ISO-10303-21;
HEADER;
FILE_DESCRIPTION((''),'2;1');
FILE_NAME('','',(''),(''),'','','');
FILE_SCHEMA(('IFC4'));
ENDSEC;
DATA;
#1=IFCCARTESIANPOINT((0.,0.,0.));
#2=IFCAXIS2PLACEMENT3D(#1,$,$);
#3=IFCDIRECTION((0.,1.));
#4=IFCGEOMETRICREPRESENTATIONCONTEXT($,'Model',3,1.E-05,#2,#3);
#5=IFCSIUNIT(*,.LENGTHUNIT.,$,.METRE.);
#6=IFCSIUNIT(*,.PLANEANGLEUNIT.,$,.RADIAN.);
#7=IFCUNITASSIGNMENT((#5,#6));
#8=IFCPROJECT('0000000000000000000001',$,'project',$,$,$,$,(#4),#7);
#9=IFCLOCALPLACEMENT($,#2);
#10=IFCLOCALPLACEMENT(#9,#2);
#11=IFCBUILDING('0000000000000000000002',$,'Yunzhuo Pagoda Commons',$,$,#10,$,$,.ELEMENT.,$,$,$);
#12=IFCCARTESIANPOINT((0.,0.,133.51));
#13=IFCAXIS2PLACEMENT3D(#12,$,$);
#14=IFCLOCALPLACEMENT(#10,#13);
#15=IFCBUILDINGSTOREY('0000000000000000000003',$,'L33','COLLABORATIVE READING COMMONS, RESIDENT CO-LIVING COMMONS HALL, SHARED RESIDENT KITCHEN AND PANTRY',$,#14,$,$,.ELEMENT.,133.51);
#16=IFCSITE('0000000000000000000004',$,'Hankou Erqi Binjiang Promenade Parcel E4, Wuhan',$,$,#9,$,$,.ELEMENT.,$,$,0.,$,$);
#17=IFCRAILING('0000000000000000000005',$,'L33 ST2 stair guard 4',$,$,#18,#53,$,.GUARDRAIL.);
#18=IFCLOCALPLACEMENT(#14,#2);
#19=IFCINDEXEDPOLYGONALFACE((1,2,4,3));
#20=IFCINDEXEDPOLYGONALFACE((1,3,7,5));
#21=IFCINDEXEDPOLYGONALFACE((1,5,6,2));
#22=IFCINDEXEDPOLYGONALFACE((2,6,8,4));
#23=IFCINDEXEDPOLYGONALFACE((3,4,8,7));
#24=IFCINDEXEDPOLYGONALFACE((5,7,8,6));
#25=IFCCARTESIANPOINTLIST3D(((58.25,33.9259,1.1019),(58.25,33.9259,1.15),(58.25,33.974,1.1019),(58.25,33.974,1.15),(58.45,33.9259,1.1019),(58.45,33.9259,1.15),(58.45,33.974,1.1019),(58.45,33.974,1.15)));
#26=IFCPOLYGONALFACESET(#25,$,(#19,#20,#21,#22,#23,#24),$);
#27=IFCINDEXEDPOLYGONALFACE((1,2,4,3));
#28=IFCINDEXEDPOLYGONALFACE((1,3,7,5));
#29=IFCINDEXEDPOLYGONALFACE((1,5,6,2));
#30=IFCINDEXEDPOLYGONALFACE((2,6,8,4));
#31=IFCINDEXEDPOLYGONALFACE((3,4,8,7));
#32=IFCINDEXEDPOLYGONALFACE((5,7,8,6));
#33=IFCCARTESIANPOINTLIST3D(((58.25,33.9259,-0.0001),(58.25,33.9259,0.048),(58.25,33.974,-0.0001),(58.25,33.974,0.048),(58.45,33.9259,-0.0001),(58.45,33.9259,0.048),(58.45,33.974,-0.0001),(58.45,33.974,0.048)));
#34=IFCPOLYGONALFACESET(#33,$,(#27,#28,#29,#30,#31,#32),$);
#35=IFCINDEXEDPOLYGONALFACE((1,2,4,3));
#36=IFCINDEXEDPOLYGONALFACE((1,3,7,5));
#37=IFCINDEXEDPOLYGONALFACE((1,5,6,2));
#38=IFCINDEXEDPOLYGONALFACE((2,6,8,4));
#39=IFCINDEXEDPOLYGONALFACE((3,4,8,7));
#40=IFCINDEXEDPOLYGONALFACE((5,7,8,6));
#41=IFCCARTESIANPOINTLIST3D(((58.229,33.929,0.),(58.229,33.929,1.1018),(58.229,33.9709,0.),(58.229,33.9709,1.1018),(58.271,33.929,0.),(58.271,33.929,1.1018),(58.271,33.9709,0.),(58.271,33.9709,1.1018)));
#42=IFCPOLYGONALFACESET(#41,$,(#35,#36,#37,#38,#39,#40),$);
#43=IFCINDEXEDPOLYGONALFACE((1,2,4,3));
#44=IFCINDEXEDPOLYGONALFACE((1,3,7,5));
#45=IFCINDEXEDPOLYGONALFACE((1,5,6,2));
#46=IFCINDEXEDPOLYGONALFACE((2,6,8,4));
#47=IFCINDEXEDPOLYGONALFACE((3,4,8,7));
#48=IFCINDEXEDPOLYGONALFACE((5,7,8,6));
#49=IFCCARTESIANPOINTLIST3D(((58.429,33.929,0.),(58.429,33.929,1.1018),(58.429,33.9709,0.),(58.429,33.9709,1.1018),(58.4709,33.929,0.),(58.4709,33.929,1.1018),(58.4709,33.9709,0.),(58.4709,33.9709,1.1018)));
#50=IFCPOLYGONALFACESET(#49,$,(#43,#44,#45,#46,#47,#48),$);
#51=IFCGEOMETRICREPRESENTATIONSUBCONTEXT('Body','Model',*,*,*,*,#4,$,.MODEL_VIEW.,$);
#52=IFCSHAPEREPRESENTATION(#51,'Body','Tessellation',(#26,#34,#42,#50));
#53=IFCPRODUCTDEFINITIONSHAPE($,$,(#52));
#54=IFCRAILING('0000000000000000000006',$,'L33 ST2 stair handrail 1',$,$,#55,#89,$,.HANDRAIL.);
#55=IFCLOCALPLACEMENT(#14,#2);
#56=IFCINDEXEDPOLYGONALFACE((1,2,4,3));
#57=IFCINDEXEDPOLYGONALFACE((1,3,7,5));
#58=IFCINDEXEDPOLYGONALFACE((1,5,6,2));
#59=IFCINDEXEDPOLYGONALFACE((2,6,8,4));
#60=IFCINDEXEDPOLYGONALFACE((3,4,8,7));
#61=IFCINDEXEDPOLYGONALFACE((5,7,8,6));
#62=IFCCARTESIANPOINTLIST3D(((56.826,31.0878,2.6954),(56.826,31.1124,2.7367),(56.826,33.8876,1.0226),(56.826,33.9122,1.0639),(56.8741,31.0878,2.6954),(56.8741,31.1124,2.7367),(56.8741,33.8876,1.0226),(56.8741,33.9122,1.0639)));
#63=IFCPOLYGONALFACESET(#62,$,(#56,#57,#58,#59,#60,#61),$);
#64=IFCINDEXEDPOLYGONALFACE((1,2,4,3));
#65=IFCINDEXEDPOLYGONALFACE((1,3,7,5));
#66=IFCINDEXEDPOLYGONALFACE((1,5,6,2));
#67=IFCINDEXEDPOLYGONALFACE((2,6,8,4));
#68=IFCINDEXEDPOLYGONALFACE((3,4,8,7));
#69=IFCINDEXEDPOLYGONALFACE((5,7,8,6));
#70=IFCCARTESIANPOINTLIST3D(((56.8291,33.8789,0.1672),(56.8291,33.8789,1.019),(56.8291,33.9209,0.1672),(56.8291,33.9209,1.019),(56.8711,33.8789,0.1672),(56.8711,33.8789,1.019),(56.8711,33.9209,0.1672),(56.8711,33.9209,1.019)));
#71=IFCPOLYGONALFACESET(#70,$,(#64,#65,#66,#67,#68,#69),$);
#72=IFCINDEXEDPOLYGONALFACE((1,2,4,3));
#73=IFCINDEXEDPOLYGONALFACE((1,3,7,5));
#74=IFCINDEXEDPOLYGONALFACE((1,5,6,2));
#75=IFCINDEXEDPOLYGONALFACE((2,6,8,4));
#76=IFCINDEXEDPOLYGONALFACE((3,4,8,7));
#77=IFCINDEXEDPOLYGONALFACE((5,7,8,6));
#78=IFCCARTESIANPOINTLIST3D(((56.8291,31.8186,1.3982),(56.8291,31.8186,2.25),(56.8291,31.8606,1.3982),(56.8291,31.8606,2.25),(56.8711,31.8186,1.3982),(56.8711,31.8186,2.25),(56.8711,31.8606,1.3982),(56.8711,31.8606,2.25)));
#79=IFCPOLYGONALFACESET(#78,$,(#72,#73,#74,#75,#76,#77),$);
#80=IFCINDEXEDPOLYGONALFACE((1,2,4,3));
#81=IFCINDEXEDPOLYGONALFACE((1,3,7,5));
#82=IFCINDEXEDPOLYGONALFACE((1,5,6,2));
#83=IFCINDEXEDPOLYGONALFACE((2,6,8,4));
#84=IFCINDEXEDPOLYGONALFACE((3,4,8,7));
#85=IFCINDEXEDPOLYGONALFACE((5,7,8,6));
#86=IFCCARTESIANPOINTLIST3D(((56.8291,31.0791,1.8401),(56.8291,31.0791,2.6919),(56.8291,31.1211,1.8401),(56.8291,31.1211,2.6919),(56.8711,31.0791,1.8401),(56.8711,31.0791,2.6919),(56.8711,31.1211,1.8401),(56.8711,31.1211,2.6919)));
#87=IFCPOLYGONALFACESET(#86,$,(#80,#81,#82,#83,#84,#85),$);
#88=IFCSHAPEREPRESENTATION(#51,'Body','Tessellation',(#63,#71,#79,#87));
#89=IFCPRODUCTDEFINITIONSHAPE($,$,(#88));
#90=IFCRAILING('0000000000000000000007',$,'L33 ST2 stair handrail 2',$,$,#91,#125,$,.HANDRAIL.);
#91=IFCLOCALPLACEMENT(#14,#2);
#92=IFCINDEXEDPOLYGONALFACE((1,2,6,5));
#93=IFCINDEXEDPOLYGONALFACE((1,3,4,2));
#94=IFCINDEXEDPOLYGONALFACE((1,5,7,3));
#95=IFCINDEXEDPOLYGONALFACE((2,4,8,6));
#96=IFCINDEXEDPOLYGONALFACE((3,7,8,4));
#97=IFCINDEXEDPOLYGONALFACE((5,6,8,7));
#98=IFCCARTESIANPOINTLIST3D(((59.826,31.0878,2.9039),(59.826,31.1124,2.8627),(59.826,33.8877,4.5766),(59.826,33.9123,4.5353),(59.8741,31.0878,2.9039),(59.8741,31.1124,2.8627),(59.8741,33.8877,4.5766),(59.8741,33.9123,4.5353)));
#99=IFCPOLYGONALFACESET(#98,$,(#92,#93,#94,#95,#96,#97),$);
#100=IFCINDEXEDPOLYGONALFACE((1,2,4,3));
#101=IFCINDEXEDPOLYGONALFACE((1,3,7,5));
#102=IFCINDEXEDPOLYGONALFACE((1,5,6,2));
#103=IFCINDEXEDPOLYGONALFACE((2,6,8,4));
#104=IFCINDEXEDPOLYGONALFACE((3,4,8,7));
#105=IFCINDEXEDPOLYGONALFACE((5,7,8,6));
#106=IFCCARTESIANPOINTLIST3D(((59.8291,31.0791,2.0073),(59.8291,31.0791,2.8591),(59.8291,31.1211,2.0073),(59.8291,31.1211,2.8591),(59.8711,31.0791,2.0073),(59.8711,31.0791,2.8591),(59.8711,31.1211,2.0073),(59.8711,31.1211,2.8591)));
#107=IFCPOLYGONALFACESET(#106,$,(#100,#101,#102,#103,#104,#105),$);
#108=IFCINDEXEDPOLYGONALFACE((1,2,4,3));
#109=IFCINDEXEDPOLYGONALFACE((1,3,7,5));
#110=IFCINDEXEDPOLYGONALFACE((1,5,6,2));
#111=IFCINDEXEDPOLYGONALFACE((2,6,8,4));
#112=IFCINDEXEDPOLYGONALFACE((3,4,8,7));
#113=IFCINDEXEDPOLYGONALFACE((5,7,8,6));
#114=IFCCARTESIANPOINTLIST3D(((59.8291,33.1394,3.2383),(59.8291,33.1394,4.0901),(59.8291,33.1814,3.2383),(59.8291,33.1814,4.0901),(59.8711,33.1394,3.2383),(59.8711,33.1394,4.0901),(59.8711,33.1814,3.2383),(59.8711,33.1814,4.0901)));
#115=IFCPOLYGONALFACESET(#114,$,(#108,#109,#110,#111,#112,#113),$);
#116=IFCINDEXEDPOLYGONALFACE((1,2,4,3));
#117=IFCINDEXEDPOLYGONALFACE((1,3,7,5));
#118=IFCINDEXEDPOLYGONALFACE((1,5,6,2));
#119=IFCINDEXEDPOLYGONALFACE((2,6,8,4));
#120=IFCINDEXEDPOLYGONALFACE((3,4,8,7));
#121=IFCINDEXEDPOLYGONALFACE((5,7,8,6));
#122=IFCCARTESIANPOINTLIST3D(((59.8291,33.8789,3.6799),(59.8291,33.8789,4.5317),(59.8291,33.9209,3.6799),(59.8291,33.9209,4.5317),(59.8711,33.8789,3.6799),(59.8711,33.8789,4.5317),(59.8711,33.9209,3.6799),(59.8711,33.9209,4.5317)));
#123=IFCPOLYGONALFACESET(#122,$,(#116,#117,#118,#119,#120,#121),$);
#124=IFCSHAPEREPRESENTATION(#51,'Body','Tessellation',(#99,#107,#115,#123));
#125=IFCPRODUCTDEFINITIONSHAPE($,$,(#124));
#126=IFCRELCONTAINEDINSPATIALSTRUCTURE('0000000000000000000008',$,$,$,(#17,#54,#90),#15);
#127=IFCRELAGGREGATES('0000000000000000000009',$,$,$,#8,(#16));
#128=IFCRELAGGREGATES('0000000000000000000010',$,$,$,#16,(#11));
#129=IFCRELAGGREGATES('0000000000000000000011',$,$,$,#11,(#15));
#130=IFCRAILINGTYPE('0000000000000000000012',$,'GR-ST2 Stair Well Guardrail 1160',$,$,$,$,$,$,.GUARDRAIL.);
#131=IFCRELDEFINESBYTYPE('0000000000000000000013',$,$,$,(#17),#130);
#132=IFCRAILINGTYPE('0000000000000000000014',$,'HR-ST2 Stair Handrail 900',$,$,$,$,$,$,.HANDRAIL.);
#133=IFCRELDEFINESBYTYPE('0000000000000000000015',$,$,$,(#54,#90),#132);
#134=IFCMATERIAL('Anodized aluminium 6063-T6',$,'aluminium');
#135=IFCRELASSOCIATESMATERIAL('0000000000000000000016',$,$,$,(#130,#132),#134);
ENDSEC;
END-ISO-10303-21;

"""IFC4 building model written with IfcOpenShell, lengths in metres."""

from ifc_helpers import new_model, si_unit, direction, frame, origin, origin_2d, place, context, subcontext, project, spatial, rectangle, extrude, material, type_object, element, save


model = new_model("IFC4")

# Units and contexts
model_context = context("Model", 3, precision=1e-05, world=origin(), true_north=direction((0.0, 1.0)))
body_context = subcontext(model_context, "Body", "Model", "MODEL_VIEW")
ifc_project = project(units=[si_unit("LENGTHUNIT", "METRE"), si_unit("PLANEANGLEUNIT", "RADIAN")], contexts=[model_context])

# Site, building, storey
site_placement = place(None, origin())
site = spatial("IfcSite", under=ifc_project, at=site_placement, Name="Hankou Erqi Binjiang Promenade Parcel E4, Wuhan", CompositionType="ELEMENT", RefElevation=0.0)
building_placement = place(site_placement, origin())
building = spatial("IfcBuilding", under=site, at=building_placement, Name="Yunzhuo Pagoda Commons", CompositionType="ELEMENT")
storey_placement = place(building_placement, frame((0.0, 0.0, 133.51)))
storey = spatial("IfcBuildingStorey", under=building, at=storey_placement, Name="L33", Description="COLLABORATIVE READING COMMONS, RESIDENT CO-LIVING COMMONS HALL, SHARED RESIDENT KITCHEN AND PANTRY", CompositionType="ELEMENT", Elevation=133.51)

# Railings
ifc_material_1 = material(Name="Anodized aluminium 6063-T6", Category="aluminium")
railing_type_1 = type_object("IfcRailingType", Name="GR-ST2 Stair Well Guardrail 1160", PredefinedType="GUARDRAIL", material=ifc_material_1)
railing_1_placement = place(storey_placement, frame((58.25, 33.95, 0.0)))
element("IfcRailing", 1, at=railing_1_placement, inside=storey, type_object=railing_type_1, Name="L33 ST2 stair guard 4", PredefinedType="GUARDRAIL", context=body_context, shape_type="SweptSolid", body=[
    extrude(rectangle(XDim=0.0481, YDim=0.0481, at=origin_2d()), frame((0.0, 0.0, 1.126), z_axis=(1.0, 0.0, 0.0), x_axis=(0.0, 1.0, 0.0)), (0.0, 0.0, 1.0), 0.2),
    extrude(rectangle(XDim=0.0481, YDim=0.0481, at=origin_2d()), frame((0.0, 0.0, 0.0239), z_axis=(1.0, 0.0, 0.0), x_axis=(0.0, 1.0, 0.0)), (0.0, 0.0, 1.0), 0.2),
    extrude(rectangle(XDim=0.042, YDim=0.042, at=origin_2d()), origin(), (0.0, 0.0, 1.0), 1.1018),
    extrude(rectangle(XDim=0.042, YDim=0.042, at=origin_2d()), frame((0.2, 0.0, 0.0)), (0.0, 0.0, 1.0), 1.1018),
])
railing_type_2 = type_object("IfcRailingType", Name="HR-ST2 Stair Handrail 900", PredefinedType="HANDRAIL", material=ifc_material_1)
railing_2_placement = place(storey_placement, frame((56.8501, 33.8999, 0.1672)))
element("IfcRailing", 2, at=railing_2_placement, inside=storey, type_object=railing_type_2, Name="L33 ST2 stair handrail 1", PredefinedType="HANDRAIL", context=body_context, shape_type="SweptSolid", body=[
    extrude(rectangle(XDim=0.0481, YDim=0.0481, at=origin_2d()), frame((0.0, 0.0, 0.876), z_axis=(0.0, -0.858443, 0.51291), x_axis=(1.0, 0.0, 0.0)), (0.0, 0.0, 1.0), 3.2615),
    extrude(rectangle(XDim=0.042, YDim=0.042, at=origin_2d()), origin(), (0.0, 0.0, 1.0), 0.8518),
    extrude(rectangle(XDim=0.042, YDim=0.042, at=origin_2d()), frame((0.0, -2.0603, 1.231)), (0.0, 0.0, 1.0), 0.8518),
    extrude(rectangle(XDim=0.042, YDim=0.042, at=origin_2d()), frame((0.0, -2.7998, 1.6729)), (0.0, 0.0, 1.0), 0.8518),
])
railing_3_placement = place(storey_placement, frame((59.8501, 31.1001, 2.0073)))
element("IfcRailing", 3, at=railing_3_placement, inside=storey, type_object=railing_type_2, Name="L33 ST2 stair handrail 2", PredefinedType="HANDRAIL", context=body_context, shape_type="SweptSolid", body=[
    extrude(rectangle(XDim=0.0481, YDim=0.0481, at=origin_2d()), frame((0.0, 0.0, 0.876), z_axis=(0.0, 0.858476, 0.512855), x_axis=(-1.0, 0.0, 0.0)), (0.0, 0.0, 1.0), 3.2615),
    extrude(rectangle(XDim=0.042, YDim=0.042, at=origin_2d()), origin(), (0.0, 0.0, 1.0), 0.8518),
    extrude(rectangle(XDim=0.042, YDim=0.042, at=origin_2d()), frame((0.0, 2.0603, 1.231)), (0.0, 0.0, 1.0), 0.8518),
    extrude(rectangle(XDim=0.042, YDim=0.042, at=origin_2d()), frame((0.0, 2.7998, 1.6726)), (0.0, 0.0, 1.0), 0.8518),
])

save(model, "model.ifc")
